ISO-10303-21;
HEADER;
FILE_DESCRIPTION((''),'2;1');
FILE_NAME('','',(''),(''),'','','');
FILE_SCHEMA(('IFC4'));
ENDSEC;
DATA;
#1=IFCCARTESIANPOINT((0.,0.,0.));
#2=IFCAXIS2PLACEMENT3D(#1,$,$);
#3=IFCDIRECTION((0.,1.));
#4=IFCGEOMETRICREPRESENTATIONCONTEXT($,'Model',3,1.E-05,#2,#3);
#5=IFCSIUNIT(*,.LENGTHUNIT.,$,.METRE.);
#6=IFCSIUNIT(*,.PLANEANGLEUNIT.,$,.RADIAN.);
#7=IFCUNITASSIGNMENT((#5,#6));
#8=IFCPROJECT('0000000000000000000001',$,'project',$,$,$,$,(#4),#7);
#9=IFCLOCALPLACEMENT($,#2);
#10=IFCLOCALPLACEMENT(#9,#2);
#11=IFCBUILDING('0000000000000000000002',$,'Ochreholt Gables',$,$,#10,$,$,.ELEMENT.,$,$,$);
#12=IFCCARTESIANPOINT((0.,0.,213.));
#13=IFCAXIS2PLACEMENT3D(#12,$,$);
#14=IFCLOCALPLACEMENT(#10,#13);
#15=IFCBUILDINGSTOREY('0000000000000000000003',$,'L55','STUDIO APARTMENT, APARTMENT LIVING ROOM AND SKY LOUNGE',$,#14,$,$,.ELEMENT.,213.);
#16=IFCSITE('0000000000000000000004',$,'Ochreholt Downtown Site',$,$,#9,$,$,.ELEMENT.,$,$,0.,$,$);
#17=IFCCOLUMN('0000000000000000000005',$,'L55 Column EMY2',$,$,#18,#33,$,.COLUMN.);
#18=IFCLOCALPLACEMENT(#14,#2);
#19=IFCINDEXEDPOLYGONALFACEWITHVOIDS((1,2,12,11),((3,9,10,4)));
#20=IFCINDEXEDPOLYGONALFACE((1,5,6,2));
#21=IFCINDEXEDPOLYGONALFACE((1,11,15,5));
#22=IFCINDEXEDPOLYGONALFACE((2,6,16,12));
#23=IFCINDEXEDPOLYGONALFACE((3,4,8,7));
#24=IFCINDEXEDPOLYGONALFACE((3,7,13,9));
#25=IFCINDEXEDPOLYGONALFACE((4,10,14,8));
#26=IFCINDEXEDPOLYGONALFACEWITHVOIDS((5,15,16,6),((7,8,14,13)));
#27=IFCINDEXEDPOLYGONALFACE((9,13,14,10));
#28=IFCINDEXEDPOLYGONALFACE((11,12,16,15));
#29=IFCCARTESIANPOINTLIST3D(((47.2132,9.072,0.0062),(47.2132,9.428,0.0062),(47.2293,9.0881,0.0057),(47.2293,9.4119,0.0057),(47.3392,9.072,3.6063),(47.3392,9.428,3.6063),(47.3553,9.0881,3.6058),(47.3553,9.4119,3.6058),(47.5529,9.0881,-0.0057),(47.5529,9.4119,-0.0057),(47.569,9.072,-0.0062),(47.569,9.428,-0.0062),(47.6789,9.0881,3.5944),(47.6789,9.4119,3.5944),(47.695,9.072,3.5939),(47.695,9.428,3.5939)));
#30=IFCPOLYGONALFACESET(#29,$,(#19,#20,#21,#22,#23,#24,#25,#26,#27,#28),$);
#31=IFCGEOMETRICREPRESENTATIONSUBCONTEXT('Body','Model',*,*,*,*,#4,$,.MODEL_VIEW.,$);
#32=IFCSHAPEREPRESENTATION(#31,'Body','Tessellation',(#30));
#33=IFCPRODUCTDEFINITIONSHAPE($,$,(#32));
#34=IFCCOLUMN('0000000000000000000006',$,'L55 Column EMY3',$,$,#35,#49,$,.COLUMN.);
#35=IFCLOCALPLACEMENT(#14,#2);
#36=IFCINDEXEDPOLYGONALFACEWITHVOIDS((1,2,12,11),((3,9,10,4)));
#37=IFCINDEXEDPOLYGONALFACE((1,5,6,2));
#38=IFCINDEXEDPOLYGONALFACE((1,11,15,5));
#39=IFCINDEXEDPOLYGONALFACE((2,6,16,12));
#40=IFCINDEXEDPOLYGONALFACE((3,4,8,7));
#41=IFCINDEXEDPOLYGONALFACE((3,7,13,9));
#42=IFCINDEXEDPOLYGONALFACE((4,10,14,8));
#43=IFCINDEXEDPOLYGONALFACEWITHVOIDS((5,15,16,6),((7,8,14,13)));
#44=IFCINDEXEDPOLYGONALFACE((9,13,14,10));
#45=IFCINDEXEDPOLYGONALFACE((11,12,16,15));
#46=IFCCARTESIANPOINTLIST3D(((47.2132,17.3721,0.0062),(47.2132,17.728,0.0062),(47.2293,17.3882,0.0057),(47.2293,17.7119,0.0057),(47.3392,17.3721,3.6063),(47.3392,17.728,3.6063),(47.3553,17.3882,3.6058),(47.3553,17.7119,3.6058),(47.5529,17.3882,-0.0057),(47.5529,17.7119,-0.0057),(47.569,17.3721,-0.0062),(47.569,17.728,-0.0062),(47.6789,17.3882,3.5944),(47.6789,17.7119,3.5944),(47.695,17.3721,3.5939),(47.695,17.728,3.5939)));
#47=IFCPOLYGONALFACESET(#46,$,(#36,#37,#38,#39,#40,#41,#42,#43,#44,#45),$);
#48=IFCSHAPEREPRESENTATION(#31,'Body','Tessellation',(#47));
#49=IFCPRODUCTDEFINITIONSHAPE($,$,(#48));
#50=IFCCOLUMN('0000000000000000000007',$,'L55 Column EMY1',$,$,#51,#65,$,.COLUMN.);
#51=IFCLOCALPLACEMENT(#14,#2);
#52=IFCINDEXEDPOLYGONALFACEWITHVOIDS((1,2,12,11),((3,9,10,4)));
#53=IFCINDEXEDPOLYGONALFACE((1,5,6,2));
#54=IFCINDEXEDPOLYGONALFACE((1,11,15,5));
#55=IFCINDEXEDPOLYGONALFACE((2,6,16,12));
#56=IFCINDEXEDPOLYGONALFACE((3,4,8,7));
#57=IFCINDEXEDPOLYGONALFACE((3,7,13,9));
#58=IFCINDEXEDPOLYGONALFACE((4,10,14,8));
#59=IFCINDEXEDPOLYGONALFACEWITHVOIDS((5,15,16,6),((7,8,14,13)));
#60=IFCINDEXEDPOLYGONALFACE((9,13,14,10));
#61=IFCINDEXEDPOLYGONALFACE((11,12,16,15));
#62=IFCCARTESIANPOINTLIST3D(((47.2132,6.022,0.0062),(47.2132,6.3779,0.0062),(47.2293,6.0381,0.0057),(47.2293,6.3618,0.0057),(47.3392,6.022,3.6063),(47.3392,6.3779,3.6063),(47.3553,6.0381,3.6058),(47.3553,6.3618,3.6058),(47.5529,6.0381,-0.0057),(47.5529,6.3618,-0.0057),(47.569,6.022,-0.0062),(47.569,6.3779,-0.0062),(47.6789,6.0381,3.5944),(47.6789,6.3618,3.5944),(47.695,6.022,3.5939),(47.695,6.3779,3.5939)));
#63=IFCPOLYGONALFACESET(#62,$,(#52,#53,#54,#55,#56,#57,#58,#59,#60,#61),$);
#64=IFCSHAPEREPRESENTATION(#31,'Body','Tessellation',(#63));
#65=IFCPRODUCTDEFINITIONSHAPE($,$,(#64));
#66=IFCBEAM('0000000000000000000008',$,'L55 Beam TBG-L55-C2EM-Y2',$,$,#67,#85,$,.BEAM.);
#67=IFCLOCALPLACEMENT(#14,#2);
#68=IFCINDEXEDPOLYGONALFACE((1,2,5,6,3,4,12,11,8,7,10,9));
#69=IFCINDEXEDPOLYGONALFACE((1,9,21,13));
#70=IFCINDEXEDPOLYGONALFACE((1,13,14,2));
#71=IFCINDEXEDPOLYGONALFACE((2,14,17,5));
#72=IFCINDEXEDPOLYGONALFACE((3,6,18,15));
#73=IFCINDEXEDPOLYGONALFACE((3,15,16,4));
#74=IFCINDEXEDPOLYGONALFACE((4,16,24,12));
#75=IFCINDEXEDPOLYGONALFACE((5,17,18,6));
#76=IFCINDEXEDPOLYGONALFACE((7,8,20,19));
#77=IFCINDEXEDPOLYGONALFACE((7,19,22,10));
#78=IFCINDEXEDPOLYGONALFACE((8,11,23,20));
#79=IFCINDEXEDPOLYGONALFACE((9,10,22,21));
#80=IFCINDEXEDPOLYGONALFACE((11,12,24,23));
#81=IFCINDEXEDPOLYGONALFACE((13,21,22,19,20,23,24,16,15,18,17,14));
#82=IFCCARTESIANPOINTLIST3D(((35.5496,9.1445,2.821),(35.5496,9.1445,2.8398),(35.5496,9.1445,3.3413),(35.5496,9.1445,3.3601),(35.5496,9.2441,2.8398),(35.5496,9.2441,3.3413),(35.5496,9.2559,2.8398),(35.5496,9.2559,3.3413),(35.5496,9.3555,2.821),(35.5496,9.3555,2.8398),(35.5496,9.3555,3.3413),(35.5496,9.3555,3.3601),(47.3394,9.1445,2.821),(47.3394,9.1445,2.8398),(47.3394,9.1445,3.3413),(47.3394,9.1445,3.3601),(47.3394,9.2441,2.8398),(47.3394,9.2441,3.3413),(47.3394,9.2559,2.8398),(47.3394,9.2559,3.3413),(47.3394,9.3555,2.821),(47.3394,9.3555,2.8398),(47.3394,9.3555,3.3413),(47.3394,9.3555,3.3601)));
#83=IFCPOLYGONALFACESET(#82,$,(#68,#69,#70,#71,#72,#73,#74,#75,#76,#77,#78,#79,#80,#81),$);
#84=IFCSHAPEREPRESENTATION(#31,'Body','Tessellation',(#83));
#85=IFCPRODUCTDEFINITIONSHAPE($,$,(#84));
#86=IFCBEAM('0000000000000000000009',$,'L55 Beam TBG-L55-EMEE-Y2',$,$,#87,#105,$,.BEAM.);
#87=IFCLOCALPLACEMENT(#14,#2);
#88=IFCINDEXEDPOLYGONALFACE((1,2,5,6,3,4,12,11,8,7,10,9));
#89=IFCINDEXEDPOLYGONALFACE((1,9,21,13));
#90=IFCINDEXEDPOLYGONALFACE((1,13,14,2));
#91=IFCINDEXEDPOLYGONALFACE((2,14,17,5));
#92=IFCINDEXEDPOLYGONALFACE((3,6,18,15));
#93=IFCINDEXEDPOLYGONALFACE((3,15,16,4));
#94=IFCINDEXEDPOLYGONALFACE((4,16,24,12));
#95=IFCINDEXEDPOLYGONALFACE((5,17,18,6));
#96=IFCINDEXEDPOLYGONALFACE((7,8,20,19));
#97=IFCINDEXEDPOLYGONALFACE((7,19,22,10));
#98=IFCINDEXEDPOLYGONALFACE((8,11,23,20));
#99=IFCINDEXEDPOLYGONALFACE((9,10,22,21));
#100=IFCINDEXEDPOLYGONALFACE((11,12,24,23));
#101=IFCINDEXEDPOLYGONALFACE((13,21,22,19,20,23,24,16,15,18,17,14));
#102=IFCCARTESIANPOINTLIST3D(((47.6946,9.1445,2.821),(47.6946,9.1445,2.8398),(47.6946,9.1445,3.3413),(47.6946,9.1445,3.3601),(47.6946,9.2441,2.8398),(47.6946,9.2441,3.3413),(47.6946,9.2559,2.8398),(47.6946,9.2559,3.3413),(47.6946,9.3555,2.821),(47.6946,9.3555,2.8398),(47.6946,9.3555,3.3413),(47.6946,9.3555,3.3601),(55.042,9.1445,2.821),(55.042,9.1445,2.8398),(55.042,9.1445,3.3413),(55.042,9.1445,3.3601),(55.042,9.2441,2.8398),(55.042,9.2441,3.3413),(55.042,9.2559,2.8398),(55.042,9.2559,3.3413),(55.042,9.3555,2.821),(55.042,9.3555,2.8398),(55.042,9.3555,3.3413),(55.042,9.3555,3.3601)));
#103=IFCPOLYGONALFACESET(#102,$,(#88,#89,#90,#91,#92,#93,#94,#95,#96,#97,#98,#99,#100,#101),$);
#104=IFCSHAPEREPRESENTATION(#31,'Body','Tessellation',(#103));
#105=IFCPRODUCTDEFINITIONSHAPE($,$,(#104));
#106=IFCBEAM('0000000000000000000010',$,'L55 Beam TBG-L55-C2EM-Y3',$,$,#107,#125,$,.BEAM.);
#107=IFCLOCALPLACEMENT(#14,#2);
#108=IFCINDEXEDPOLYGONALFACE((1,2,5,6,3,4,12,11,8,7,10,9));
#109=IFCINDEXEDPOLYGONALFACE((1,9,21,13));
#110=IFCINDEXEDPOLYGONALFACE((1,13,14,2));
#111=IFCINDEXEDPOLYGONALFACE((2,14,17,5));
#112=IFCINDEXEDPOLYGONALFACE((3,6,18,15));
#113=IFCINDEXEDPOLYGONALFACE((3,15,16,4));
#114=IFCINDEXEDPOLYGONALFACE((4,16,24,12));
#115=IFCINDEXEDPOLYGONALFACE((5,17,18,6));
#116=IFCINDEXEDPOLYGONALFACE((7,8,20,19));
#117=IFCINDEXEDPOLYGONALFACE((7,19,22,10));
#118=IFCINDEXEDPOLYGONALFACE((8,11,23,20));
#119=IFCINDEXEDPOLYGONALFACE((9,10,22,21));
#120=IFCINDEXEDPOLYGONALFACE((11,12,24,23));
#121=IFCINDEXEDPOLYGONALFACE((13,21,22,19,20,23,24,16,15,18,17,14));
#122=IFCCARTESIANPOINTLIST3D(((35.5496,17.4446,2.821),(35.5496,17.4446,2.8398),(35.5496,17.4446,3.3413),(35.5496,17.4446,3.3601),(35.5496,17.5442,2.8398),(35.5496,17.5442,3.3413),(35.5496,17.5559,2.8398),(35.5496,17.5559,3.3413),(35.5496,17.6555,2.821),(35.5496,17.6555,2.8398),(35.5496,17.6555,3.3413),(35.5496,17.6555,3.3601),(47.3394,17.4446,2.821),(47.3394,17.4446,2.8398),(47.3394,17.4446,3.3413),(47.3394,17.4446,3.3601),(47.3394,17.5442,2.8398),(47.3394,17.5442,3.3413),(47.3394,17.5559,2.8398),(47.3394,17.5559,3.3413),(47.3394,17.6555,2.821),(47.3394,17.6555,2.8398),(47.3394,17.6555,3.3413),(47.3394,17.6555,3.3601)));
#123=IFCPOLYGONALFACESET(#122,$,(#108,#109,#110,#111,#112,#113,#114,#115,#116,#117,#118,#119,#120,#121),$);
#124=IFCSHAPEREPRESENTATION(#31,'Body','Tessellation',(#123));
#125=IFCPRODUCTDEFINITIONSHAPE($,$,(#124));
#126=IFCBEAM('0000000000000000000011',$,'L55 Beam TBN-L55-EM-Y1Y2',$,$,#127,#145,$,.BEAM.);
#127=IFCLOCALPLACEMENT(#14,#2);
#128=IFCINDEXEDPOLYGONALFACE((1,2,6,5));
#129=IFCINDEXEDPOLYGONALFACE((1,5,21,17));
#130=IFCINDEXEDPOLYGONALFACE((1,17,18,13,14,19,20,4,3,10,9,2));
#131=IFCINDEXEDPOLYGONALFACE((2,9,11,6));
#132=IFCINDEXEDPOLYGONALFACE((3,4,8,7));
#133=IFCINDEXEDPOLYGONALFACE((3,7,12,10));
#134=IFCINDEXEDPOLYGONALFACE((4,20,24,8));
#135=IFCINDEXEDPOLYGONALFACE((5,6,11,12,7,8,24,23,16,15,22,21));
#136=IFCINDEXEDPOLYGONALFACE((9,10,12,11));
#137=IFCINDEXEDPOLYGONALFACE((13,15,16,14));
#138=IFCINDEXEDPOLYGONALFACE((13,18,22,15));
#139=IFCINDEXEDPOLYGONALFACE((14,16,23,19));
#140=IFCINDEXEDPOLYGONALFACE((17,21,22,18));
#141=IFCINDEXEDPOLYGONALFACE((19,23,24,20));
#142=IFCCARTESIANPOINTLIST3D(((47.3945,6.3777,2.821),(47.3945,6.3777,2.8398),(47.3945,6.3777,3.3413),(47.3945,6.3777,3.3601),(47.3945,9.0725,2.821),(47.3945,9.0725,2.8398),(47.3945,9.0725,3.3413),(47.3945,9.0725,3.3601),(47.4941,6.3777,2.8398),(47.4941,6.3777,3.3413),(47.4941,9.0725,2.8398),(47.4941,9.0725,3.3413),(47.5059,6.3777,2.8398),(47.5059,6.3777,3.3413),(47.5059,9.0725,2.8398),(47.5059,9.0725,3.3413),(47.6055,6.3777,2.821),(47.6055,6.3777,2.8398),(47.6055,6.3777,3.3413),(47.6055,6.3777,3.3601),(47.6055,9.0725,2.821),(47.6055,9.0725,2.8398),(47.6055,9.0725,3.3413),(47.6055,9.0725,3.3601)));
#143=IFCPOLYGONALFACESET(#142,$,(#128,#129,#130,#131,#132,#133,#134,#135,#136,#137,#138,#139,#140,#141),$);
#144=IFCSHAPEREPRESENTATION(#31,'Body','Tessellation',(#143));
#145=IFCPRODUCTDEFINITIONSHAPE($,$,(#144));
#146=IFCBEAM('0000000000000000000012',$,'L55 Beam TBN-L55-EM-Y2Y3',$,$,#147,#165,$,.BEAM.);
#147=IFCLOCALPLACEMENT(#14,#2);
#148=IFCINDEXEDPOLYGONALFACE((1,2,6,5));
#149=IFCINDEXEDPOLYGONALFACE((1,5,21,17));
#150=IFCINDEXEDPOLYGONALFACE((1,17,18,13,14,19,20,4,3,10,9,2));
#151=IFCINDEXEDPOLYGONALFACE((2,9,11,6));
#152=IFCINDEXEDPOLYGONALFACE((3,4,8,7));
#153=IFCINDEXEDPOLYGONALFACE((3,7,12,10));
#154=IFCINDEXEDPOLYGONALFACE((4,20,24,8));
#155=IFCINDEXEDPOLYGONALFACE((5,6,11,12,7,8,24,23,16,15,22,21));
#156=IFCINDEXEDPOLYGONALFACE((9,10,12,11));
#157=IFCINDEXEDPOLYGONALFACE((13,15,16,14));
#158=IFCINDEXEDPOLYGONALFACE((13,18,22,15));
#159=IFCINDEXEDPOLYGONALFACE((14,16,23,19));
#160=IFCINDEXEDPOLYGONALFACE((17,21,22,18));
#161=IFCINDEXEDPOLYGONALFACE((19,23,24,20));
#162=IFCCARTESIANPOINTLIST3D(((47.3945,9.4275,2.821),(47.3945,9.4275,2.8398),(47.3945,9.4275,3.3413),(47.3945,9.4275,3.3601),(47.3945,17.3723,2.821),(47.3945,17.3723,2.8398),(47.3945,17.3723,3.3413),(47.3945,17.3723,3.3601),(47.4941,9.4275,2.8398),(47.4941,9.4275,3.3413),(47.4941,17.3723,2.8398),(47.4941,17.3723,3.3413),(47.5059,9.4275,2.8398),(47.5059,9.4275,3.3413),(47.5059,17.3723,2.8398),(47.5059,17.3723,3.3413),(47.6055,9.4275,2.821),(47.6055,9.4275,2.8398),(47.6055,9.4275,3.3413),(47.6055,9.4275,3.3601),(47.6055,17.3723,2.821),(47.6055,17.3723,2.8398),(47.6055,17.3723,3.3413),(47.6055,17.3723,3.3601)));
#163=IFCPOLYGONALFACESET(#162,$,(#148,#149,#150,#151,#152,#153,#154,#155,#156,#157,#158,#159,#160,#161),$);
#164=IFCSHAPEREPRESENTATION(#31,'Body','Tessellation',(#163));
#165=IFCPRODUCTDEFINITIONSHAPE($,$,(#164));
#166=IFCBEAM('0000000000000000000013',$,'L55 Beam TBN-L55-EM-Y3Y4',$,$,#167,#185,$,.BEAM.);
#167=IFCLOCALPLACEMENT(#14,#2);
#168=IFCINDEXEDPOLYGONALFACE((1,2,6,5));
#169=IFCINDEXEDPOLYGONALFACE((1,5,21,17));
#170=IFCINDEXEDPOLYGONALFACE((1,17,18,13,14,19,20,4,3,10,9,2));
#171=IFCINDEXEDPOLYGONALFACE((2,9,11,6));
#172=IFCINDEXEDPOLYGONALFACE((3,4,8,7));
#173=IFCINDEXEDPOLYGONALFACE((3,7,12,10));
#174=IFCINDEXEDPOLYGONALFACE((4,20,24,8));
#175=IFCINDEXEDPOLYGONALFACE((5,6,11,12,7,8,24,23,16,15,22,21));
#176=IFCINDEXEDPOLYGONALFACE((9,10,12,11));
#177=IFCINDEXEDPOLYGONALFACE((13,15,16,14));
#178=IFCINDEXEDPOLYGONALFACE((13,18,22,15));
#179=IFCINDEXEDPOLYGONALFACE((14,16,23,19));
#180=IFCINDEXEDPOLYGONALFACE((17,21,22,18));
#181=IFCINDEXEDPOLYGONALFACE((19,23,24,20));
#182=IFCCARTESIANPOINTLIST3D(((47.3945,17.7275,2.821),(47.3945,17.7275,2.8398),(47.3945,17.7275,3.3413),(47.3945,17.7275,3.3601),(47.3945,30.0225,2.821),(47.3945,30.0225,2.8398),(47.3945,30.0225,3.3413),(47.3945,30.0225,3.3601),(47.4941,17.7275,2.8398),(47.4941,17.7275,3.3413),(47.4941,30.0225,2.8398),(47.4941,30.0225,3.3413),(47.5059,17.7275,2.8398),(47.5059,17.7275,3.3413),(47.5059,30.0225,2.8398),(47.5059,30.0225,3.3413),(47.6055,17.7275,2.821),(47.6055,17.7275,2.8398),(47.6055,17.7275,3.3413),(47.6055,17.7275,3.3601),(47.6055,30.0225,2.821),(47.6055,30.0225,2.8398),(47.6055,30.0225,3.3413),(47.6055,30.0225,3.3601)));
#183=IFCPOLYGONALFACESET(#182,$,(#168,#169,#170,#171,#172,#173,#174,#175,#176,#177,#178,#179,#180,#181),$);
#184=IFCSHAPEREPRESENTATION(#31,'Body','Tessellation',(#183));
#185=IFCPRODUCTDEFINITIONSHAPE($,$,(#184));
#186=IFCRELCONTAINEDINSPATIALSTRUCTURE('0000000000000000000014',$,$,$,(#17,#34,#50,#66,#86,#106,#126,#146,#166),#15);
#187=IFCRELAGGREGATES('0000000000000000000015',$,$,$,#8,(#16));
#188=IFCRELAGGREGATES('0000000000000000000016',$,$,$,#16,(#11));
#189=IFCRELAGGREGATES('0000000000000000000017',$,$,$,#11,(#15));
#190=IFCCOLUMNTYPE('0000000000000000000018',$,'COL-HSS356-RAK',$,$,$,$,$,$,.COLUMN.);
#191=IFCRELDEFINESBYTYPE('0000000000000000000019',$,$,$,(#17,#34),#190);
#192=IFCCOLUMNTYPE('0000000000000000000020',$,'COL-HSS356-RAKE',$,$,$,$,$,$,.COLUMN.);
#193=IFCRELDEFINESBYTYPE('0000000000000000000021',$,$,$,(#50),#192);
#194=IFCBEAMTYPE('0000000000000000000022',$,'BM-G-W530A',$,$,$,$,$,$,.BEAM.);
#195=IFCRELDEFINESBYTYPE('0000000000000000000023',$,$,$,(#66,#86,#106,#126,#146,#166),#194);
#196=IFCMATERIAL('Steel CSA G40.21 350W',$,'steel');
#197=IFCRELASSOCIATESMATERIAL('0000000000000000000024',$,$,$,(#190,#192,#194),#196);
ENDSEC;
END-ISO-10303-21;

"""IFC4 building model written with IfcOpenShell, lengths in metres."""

from ifc_helpers import new_model, si_unit, direction, frame, origin, origin_2d, place, context, subcontext, project, spatial, hollow_rectangle, i_section, extrude, material, material_profile, profile_set, type_object, element, save


model = new_model("IFC4")

# Units and contexts
model_context = context("Model", 3, precision=1e-05, world=origin(), true_north=direction((0.0, 1.0)))
body_context = subcontext(model_context, "Body", "Model", "MODEL_VIEW")
ifc_project = project(units=[si_unit("LENGTHUNIT", "METRE"), si_unit("PLANEANGLEUNIT", "RADIAN")], contexts=[model_context])

# Site, building, storey
site_placement = place(None, origin())
site = spatial("IfcSite", under=ifc_project, at=site_placement, Name="Ochreholt Downtown Site", CompositionType="ELEMENT", RefElevation=0.0)
building_placement = place(site_placement, origin())
building = spatial("IfcBuilding", under=site, at=building_placement, Name="Ochreholt Gables", CompositionType="ELEMENT")
storey_placement = place(building_placement, frame((0.0, 0.0, 213.0)))
storey = spatial("IfcBuildingStorey", under=building, at=storey_placement, Name="L55", Description="STUDIO APARTMENT, APARTMENT LIVING ROOM AND SKY LOUNGE", CompositionType="ELEMENT", Elevation=213.0)

# Columns
ifc_material_1 = material(Name="Steel CSA G40.21 350W", Category="steel")
ifc_material_profile_1 = material_profile(ifc_material_1, hollow_rectangle(XDim=0.356, YDim=0.356, WallThickness=0.0161, at=origin_2d()), Name="HSS356X356X16")
ifc_profile_set_1 = profile_set([ifc_material_profile_1], Name="Steel CSA G40.21 350W")
column_type_1 = type_object("IfcColumnType", Name="COL-HSS356-RAK", PredefinedType="COLUMN", material=ifc_profile_set_1)
for number, where, z_axis, x_axis, name in (
    (1, (47.3911, 9.25, 0.0), (0.034971, 0.0, 0.999388), (0.0, 1.0, 0.0), "L55 Column EMY2"),
    (2, (47.3911, 17.55, 0.0), (0.034971, 0.0, 0.999388), (0.0, 1.0, 0.0), "L55 Column EMY3"),
):
    element("IfcColumn", number, at=place(storey_placement, frame(where, z_axis=z_axis, x_axis=x_axis)), inside=storey, type_object=column_type_1, Name=name, PredefinedType="COLUMN", context=body_context, shape_type="SweptSolid", body=[
        extrude(hollow_rectangle(XDim=0.356, YDim=0.356, WallThickness=0.0161, at=origin_2d()), origin(), (0.0, 0.0, 1.0), 3.6023),
    ])
ifc_material_profile_2 = material_profile(ifc_material_1, hollow_rectangle(XDim=0.356, YDim=0.356, WallThickness=0.0161, at=origin_2d()), Name="HSS356X356X16")
ifc_profile_set_2 = profile_set([ifc_material_profile_2], Name="Steel CSA G40.21 350W")
column_type_2 = type_object("IfcColumnType", Name="COL-HSS356-RAKE", PredefinedType="COLUMN", material=ifc_profile_set_2)
column_placement = place(storey_placement, frame((47.3911, 6.2, 0.0), z_axis=(0.034971, 0.0, 0.999388), x_axis=(0.0, 1.0, 0.0)))
element("IfcColumn", 3, at=column_placement, inside=storey, type_object=column_type_2, Name="L55 Column EMY1", PredefinedType="COLUMN", context=body_context, shape_type="SweptSolid", body=[
    extrude(hollow_rectangle(XDim=0.356, YDim=0.356, WallThickness=0.0161, at=origin_2d()), origin(), (0.0, 0.0, 1.0), 3.6023),
])

# Beams
ifc_material_profile_3 = material_profile(ifc_material_1, i_section(OverallWidth=0.2109, OverallDepth=0.5391, WebThickness=0.0117, FlangeThickness=0.0188, at=origin_2d()), Name="W530X109")
ifc_profile_set_3 = profile_set([ifc_material_profile_3], Name="Steel CSA G40.21 350W")
beam_type_1 = type_object("IfcBeamType", Name="BM-G-W530A", PredefinedType="BEAM", material=ifc_profile_set_3)
beam_1_placement = place(storey_placement, frame((35.5496, 9.25, 3.0906), z_axis=(1.0, 0.0, 0.0), x_axis=(0.0, 1.0, 0.0)))
element("IfcBeam", 4, at=beam_1_placement, inside=storey, type_object=beam_type_1, Name="L55 Beam TBG-L55-C2EM-Y2", PredefinedType="BEAM", context=body_context, shape_type="SweptSolid", body=[
    extrude(i_section(OverallWidth=0.2109, OverallDepth=0.5391, WebThickness=0.0117, FlangeThickness=0.0188, at=origin_2d()), origin(), (0.0, 0.0, 1.0), 11.7898),
])
beam_2_placement = place(storey_placement, frame((47.6946, 9.25, 3.0906), z_axis=(1.0, 0.0, 0.0), x_axis=(0.0, 1.0, 0.0)))
element("IfcBeam", 5, at=beam_2_placement, inside=storey, type_object=beam_type_1, Name="L55 Beam TBG-L55-EMEE-Y2", PredefinedType="BEAM", context=body_context, shape_type="SweptSolid", body=[
    extrude(i_section(OverallWidth=0.2109, OverallDepth=0.5391, WebThickness=0.0117, FlangeThickness=0.0188, at=origin_2d()), origin(), (0.0, 0.0, 1.0), 7.3474),
])
beam_3_placement = place(storey_placement, frame((35.5496, 17.55, 3.0906), z_axis=(1.0, 0.0, 0.0), x_axis=(0.0, 1.0, 0.0)))
element("IfcBeam", 6, at=beam_3_placement, inside=storey, type_object=beam_type_1, Name="L55 Beam TBG-L55-C2EM-Y3", PredefinedType="BEAM", context=body_context, shape_type="SweptSolid", body=[
    extrude(i_section(OverallWidth=0.2109, OverallDepth=0.5391, WebThickness=0.0117, FlangeThickness=0.0188, at=origin_2d()), origin(), (0.0, 0.0, 1.0), 11.7898),
])
beam_4_placement = place(storey_placement, frame((47.5, 6.3777, 3.0906), z_axis=(0.0, 1.0, 0.0), x_axis=(-1.0, 0.0, 0.0)))
element("IfcBeam", 7, at=beam_4_placement, inside=storey, type_object=beam_type_1, Name="L55 Beam TBN-L55-EM-Y1Y2", PredefinedType="BEAM", context=body_context, shape_type="SweptSolid", body=[
    extrude(i_section(OverallWidth=0.2109, OverallDepth=0.5391, WebThickness=0.0117, FlangeThickness=0.0188, at=origin_2d()), origin(), (0.0, 0.0, 1.0), 2.6948),
])
beam_5_placement = place(storey_placement, frame((47.5, 9.4275, 3.0906), z_axis=(0.0, 1.0, 0.0), x_axis=(-1.0, 0.0, 0.0)))
element("IfcBeam", 8, at=beam_5_placement, inside=storey, type_object=beam_type_1, Name="L55 Beam TBN-L55-EM-Y2Y3", PredefinedType="BEAM", context=body_context, shape_type="SweptSolid", body=[
    extrude(i_section(OverallWidth=0.2109, OverallDepth=0.5391, WebThickness=0.0117, FlangeThickness=0.0188, at=origin_2d()), origin(), (0.0, 0.0, 1.0), 7.9448),
])
beam_6_placement = place(storey_placement, frame((47.5, 17.7275, 3.0906), z_axis=(0.0, 1.0, 0.0), x_axis=(-1.0, 0.0, 0.0)))
element("IfcBeam", 9, at=beam_6_placement, inside=storey, type_object=beam_type_1, Name="L55 Beam TBN-L55-EM-Y3Y4", PredefinedType="BEAM", context=body_context, shape_type="SweptSolid", body=[
    extrude(i_section(OverallWidth=0.2109, OverallDepth=0.5391, WebThickness=0.0117, FlangeThickness=0.0188, at=origin_2d()), origin(), (0.0, 0.0, 1.0), 12.2949),
])

save(model, "model.ifc")
